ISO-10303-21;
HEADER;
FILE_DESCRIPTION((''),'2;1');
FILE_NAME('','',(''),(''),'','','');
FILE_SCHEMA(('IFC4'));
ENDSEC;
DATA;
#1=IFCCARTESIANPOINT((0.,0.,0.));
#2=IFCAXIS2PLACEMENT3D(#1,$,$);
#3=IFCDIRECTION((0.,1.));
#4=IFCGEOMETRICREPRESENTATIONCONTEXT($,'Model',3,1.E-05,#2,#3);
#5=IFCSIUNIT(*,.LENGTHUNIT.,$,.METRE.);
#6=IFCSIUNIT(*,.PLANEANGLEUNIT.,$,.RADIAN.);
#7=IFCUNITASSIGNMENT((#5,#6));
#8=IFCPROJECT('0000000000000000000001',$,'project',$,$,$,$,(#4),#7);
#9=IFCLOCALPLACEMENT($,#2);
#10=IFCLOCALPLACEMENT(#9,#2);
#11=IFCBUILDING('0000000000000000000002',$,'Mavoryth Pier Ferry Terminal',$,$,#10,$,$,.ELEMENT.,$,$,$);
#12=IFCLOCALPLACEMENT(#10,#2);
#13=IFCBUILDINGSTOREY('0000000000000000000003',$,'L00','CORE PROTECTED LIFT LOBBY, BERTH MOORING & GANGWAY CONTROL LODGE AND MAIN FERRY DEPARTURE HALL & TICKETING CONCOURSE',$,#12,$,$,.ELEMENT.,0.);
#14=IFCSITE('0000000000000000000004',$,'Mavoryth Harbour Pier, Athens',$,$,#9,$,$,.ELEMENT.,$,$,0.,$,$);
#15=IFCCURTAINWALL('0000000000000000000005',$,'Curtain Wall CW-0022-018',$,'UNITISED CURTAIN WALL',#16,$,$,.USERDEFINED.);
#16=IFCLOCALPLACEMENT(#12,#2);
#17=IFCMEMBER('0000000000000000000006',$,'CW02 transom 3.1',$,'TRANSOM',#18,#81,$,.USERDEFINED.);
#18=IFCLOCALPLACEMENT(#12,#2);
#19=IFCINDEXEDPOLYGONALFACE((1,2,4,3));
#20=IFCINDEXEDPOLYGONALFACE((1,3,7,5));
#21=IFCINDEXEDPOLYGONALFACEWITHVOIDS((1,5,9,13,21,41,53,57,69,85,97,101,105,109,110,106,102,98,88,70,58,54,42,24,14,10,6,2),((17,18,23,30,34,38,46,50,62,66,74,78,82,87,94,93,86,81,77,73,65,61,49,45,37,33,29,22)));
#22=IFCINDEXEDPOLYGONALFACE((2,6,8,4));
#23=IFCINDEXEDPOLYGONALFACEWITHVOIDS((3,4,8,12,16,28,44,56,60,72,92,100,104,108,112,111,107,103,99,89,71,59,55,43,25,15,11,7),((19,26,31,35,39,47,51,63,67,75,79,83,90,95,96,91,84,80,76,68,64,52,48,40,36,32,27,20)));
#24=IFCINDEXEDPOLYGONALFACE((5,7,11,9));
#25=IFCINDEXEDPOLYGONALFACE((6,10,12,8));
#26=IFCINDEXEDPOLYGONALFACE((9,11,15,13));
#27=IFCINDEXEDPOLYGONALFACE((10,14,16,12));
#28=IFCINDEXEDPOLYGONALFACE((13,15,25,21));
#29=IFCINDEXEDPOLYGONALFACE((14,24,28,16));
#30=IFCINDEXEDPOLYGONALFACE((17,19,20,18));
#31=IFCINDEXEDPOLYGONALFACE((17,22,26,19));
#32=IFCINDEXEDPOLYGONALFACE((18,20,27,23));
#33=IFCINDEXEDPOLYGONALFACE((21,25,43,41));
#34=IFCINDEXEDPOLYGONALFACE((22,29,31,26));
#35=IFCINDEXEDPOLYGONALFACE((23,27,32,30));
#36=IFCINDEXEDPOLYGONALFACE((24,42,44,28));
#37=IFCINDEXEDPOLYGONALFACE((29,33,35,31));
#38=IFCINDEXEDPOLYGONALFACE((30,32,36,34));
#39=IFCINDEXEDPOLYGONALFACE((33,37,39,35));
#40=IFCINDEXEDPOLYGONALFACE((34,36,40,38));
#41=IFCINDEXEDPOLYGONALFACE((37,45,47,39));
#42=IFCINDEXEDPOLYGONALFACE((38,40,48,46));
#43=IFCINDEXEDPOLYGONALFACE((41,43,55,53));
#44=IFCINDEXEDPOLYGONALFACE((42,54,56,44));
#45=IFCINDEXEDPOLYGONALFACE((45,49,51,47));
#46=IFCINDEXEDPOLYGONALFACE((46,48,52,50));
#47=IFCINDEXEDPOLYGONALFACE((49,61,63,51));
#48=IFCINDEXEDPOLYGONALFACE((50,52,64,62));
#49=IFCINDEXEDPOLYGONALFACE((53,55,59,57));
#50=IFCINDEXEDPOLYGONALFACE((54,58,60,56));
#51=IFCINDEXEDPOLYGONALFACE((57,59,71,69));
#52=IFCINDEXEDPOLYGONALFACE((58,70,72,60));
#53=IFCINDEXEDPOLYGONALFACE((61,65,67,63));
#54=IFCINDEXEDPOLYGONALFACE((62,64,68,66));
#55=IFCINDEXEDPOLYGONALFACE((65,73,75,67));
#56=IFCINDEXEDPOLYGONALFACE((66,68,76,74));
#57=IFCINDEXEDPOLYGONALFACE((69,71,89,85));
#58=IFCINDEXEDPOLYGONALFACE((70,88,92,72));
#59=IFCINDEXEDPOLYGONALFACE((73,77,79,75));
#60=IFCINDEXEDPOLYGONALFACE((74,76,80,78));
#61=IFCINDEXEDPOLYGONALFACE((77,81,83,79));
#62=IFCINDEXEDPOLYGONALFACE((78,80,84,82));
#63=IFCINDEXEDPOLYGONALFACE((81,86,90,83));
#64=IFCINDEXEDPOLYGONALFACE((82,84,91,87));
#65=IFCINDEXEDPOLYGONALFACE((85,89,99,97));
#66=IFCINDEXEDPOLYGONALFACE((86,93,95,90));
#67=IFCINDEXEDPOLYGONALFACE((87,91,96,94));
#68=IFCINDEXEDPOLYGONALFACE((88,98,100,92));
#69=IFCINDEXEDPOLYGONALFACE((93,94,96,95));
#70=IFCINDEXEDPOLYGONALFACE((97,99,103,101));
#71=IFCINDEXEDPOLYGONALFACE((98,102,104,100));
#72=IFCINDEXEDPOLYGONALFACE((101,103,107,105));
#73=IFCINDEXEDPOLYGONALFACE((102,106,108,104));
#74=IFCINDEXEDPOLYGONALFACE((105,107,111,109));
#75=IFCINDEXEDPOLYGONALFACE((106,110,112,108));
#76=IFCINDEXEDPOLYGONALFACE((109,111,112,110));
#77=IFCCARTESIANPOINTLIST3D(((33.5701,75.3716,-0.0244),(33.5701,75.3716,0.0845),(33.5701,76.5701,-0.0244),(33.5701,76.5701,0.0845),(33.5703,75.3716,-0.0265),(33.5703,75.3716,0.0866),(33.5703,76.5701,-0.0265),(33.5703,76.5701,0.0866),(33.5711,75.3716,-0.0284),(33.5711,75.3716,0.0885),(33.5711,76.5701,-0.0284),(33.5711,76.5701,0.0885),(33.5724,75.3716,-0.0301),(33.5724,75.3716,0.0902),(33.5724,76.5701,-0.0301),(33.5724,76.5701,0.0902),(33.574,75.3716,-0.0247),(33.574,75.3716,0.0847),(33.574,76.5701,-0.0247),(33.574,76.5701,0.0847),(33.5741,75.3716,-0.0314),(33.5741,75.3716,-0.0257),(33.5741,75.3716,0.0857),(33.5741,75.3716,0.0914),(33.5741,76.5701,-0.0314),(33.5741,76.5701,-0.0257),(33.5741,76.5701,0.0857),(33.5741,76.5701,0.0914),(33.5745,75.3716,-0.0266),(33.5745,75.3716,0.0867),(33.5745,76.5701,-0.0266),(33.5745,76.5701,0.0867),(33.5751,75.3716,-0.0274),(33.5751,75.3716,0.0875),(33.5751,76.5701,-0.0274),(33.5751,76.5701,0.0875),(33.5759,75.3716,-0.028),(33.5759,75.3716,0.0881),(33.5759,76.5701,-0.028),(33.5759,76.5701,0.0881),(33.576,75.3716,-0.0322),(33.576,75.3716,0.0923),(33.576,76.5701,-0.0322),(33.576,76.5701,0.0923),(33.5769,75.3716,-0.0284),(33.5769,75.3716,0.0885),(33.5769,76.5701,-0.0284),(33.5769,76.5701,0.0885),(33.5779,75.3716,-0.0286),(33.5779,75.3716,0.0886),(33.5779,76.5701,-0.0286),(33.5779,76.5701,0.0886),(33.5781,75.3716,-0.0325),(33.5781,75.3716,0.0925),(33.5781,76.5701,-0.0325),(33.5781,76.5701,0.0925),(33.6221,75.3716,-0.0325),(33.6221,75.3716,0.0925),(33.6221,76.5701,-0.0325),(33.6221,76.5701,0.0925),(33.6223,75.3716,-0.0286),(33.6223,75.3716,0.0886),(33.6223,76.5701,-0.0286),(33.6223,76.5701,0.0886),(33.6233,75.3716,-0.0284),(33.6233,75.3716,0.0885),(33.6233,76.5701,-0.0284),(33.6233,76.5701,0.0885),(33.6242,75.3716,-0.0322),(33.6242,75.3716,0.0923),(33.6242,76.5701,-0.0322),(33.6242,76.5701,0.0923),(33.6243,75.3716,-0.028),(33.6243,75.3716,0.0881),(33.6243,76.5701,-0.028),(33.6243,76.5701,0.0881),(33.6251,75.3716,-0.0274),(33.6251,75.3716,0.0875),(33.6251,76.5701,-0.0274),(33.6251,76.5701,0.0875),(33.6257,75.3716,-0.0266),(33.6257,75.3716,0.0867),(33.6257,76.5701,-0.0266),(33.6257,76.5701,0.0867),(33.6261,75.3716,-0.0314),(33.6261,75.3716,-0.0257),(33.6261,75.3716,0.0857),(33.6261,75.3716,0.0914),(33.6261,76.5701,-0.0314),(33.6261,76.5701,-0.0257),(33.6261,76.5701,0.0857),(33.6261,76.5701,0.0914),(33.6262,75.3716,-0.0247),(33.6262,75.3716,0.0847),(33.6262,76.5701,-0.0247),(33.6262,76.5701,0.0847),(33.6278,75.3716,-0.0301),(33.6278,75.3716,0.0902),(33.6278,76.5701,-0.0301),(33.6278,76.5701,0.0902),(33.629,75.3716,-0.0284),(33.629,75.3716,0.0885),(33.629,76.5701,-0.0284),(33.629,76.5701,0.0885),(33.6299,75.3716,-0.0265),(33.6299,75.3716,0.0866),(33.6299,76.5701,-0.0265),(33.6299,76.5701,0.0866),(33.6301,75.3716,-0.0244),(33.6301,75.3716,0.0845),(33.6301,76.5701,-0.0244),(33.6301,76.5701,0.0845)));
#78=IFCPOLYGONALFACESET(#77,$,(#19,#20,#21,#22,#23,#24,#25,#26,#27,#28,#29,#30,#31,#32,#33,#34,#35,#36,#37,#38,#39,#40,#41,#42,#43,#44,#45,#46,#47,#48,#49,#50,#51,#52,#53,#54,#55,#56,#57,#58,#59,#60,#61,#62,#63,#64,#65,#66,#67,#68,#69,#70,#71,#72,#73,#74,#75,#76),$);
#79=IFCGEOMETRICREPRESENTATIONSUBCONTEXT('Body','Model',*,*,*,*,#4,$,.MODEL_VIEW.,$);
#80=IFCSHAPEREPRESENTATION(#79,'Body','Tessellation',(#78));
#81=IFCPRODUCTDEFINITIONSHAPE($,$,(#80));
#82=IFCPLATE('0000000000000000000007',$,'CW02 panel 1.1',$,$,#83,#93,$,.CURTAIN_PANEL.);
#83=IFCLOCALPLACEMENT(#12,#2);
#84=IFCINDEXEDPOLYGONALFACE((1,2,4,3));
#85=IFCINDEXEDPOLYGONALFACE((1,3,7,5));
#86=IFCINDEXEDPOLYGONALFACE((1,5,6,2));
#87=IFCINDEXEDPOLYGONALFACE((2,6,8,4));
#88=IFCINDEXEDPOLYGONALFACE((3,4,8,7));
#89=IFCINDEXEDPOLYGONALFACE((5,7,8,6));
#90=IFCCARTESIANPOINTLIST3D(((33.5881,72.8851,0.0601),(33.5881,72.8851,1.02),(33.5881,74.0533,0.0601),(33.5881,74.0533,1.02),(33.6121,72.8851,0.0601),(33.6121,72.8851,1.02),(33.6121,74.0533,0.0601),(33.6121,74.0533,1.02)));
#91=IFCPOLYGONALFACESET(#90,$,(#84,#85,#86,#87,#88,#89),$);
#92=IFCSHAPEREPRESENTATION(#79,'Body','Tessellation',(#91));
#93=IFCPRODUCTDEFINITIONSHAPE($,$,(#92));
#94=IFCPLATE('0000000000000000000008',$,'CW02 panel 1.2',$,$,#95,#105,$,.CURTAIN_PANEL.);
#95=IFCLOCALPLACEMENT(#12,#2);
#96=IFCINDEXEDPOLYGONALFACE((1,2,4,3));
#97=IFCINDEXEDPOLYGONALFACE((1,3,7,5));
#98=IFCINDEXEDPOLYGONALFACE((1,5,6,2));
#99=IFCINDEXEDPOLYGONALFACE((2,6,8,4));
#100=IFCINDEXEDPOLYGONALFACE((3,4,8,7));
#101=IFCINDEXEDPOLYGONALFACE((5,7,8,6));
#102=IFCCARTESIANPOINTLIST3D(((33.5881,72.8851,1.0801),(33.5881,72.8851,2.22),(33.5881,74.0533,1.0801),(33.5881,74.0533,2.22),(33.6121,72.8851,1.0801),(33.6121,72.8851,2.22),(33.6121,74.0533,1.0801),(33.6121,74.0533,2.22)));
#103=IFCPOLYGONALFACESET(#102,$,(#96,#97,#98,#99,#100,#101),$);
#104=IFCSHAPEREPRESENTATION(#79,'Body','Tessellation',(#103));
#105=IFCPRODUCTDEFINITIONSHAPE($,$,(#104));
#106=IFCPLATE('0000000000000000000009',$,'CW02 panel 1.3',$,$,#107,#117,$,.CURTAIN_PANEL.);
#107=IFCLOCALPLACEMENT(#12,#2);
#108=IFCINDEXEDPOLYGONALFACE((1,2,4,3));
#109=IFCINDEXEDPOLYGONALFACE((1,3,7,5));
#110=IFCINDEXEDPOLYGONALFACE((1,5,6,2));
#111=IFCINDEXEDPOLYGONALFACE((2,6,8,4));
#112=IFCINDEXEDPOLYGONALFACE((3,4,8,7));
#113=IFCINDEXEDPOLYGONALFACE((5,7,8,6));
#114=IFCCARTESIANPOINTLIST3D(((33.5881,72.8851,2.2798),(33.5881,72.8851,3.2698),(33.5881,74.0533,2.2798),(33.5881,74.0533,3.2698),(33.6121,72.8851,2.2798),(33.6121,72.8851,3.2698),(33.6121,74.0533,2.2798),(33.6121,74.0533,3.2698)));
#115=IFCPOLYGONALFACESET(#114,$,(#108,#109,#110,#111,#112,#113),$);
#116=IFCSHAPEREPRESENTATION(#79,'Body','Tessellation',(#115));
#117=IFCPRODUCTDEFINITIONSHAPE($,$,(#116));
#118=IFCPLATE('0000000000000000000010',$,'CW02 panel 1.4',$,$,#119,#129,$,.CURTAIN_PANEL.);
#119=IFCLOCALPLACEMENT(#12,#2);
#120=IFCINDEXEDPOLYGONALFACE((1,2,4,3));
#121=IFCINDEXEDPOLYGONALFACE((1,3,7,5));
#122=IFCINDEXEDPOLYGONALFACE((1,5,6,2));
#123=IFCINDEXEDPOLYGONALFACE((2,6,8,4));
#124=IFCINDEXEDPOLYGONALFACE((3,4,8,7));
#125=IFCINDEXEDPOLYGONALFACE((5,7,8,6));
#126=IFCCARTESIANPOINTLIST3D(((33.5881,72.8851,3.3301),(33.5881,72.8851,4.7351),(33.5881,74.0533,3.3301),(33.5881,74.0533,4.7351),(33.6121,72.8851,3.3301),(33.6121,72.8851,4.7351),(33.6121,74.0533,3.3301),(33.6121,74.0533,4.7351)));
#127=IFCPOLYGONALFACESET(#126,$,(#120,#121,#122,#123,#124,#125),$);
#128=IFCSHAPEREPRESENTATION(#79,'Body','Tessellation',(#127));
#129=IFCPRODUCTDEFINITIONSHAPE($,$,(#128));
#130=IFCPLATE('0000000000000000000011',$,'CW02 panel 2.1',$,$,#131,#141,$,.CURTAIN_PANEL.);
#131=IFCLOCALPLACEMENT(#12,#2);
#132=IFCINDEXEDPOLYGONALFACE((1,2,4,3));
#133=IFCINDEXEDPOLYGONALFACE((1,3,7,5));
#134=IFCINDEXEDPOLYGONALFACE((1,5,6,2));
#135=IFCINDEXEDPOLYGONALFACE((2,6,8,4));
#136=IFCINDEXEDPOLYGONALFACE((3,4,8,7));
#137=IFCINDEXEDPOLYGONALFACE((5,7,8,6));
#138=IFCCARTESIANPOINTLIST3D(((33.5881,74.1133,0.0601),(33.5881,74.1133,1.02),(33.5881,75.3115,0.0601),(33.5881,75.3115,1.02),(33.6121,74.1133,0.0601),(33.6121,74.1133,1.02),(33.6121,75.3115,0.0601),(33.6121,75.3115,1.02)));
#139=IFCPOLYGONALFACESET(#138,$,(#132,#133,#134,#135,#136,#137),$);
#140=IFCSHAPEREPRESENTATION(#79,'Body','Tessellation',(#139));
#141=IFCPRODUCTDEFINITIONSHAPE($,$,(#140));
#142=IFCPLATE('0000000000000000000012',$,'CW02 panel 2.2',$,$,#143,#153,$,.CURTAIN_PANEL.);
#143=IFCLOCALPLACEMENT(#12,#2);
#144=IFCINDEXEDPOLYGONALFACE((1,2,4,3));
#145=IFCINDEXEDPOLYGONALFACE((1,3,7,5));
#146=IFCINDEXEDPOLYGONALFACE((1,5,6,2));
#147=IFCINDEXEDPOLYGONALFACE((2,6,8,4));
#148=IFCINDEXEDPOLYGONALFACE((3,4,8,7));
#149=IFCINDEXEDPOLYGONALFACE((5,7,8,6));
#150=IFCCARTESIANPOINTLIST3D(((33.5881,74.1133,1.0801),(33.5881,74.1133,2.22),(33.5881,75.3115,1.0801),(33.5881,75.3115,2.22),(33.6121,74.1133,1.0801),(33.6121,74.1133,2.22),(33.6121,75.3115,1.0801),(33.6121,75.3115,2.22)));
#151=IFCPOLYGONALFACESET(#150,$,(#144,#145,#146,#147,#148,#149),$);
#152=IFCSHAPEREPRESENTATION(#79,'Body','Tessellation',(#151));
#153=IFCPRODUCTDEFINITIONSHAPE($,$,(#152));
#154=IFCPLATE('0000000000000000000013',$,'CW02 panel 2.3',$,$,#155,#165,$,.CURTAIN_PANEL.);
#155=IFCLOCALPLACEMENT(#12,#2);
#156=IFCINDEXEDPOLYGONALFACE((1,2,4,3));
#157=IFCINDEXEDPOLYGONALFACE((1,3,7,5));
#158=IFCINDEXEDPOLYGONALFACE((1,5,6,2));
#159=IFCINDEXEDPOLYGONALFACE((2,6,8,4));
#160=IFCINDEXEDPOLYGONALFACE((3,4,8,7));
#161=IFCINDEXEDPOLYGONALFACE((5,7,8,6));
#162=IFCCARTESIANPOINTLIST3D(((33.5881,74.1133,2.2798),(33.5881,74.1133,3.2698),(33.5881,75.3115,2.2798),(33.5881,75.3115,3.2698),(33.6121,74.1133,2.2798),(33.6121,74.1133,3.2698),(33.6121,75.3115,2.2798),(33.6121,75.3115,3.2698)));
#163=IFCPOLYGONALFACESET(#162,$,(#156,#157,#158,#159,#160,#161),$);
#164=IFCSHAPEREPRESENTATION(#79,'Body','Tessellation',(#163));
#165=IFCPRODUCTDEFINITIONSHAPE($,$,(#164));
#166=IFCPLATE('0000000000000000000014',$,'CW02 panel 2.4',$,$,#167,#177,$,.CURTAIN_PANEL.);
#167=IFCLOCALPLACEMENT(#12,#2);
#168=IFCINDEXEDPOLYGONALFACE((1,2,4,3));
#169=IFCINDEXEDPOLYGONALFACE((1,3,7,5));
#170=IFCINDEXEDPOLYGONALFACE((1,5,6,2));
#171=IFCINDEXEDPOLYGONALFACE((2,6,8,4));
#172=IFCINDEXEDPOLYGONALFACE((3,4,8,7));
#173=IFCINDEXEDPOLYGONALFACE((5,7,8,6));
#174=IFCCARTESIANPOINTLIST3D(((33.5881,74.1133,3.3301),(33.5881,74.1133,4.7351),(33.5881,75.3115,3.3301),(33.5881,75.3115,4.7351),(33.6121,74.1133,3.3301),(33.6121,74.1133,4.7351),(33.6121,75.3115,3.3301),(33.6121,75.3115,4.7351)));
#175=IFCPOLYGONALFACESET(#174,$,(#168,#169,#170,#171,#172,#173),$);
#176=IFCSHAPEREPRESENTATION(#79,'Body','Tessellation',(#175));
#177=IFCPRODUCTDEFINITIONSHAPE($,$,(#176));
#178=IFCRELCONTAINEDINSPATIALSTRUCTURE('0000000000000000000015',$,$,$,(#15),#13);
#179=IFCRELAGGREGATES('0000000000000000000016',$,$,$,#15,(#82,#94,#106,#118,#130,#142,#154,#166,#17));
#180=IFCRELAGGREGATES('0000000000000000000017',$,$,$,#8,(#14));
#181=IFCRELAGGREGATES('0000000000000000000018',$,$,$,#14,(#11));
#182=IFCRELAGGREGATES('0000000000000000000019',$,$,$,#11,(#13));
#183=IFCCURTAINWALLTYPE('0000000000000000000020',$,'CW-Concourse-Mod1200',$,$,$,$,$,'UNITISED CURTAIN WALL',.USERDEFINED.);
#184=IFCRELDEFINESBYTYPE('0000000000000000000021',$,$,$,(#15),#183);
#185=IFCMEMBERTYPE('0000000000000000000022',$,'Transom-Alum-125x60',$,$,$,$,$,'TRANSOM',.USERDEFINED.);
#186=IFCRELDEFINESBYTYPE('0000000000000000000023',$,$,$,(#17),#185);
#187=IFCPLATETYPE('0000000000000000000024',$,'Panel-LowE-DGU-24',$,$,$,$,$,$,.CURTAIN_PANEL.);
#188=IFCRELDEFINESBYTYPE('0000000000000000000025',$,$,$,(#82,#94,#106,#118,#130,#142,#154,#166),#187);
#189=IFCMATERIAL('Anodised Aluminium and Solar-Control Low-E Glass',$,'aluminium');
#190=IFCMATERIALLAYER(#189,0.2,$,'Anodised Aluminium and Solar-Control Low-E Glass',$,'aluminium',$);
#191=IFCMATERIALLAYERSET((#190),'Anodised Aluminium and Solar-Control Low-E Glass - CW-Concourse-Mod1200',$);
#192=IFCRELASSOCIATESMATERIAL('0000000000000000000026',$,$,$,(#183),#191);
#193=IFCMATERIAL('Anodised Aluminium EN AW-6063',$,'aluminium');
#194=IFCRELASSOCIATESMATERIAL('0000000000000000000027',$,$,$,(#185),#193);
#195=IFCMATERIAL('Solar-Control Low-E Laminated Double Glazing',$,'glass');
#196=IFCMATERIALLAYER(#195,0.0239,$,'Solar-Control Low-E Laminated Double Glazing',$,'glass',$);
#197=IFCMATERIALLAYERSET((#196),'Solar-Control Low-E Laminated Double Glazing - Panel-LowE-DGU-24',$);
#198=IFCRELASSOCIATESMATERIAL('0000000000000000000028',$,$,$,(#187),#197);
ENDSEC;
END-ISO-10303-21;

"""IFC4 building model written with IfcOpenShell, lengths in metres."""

from ifc_helpers import new_model, si_unit, direction, frame, origin, origin_2d, place, context, subcontext, project, spatial, rectangle, hollow_rectangle, extrude, material, layer, layer_set, material_profile, profile_set, type_object, element, aggregate, save


model = new_model("IFC4")

# Units and contexts
model_context = context("Model", 3, precision=1e-05, world=origin(), true_north=direction((0.0, 1.0)))
body_context = subcontext(model_context, "Body", "Model", "MODEL_VIEW")
ifc_project = project(units=[si_unit("LENGTHUNIT", "METRE"), si_unit("PLANEANGLEUNIT", "RADIAN")], contexts=[model_context])

# Site, building, storey
site_placement = place(None, origin())
site = spatial("IfcSite", under=ifc_project, at=site_placement, Name="Mavoryth Harbour Pier, Athens", CompositionType="ELEMENT", RefElevation=0.0)
building_placement = place(site_placement, origin())
building = spatial("IfcBuilding", under=site, at=building_placement, Name="Mavoryth Pier Ferry Terminal", CompositionType="ELEMENT")
storey_placement = place(building_placement, origin())
storey = spatial("IfcBuildingStorey", under=building, at=storey_placement, Name="L00", Description="CORE PROTECTED LIFT LOBBY, BERTH MOORING & GANGWAY CONTROL LODGE AND MAIN FERRY DEPARTURE HALL & TICKETING CONCOURSE", CompositionType="ELEMENT", Elevation=0.0)

# Curtain wall, member, plates
ifc_material_1 = material(Name="Anodised Aluminium and Solar-Control Low-E Glass", Category="aluminium")
ifc_layer_1 = layer(ifc_material_1, 0.2, Name="Anodised Aluminium and Solar-Control Low-E Glass", Category="aluminium")
ifc_layer_set_1 = layer_set([ifc_layer_1], Name="Anodised Aluminium and Solar-Control Low-E Glass - CW-Concourse-Mod1200")
curtain_wall_type = type_object("IfcCurtainWallType", Name="CW-Concourse-Mod1200", ElementType="UNITISED CURTAIN WALL", PredefinedType="USERDEFINED", material=ifc_layer_set_1)
curtain_wall_placement = place(storey_placement, origin())
curtain_wall = element("IfcCurtainWall", 1, at=curtain_wall_placement, inside=storey, type_object=curtain_wall_type, Name="Curtain Wall CW-0022-018", ObjectType="UNITISED CURTAIN WALL", PredefinedType="USERDEFINED")
ifc_material_2 = material(Name="Anodised Aluminium EN AW-6063", Category="aluminium")
ifc_material_profile_1 = material_profile(ifc_material_2, hollow_rectangle(XDim=0.0601, YDim=0.125, WallThickness=0.0039, InnerFilletRadius=0.0039, OuterFilletRadius=0.0081, at=origin_2d()), Name="AL-TRAN 125x60x4", Category="aluminium")
ifc_profile_set_1 = profile_set([ifc_material_profile_1], Name="Anodised Aluminium EN AW-6063 - AL-TRAN 125x60x4")
member_type_1 = type_object("IfcMemberType", Name="Transom-Alum-125x60", ElementType="TRANSOM", PredefinedType="USERDEFINED", material=ifc_profile_set_1)
member_1_placement = place(storey_placement, frame((33.6001, 75.3716, 0.03), z_axis=(0.0, 1.0, 0.0), x_axis=(-1.0, 0.0, 0.0)))
member_1 = element("IfcMember", 2, at=member_1_placement, type_object=member_type_1, Name="CW02 transom 3.1", ObjectType="TRANSOM", PredefinedType="USERDEFINED", context=body_context, shape_type="SweptSolid", body=[
    extrude(hollow_rectangle(XDim=0.0601, YDim=0.125, WallThickness=0.0039, InnerFilletRadius=0.0039, OuterFilletRadius=0.0081, at=origin_2d()), origin(), (0.0, 0.0, 1.0), 1.1985),
])
ifc_material_3 = material(Name="Solar-Control Low-E Laminated Double Glazing", Category="glass")
ifc_layer_2 = layer(ifc_material_3, 0.0239, Name="Solar-Control Low-E Laminated Double Glazing", Category="glass")
ifc_layer_set_2 = layer_set([ifc_layer_2], Name="Solar-Control Low-E Laminated Double Glazing - Panel-LowE-DGU-24")
plate_type = type_object("IfcPlateType", Name="Panel-LowE-DGU-24", PredefinedType="CURTAIN_PANEL", material=ifc_layer_set_2)
plate_1_placement = place(storey_placement, frame((33.6001, 73.4692, 0.0601), z_axis=(0.0, 0.0, 1.0), x_axis=(0.0, 1.0, 0.0)))
plate_1 = element("IfcPlate", 3, at=plate_1_placement, type_object=plate_type, Name="CW02 panel 1.1", PredefinedType="CURTAIN_PANEL", context=body_context, shape_type="SweptSolid", body=[
    extrude(rectangle(XDim=1.1682, YDim=0.0239, at=origin_2d()), origin(), (0.0, 0.0, 1.0), 0.96),
])
plate_2_placement = place(storey_placement, frame((33.6001, 73.4692, 1.0801), z_axis=(0.0, 0.0, 1.0), x_axis=(0.0, 1.0, 0.0)))
plate_2 = element("IfcPlate", 4, at=plate_2_placement, type_object=plate_type, Name="CW02 panel 1.2", PredefinedType="CURTAIN_PANEL", context=body_context, shape_type="SweptSolid", body=[
    extrude(rectangle(XDim=1.1682, YDim=0.0239, at=origin_2d()), origin(), (0.0, 0.0, 1.0), 1.1399),
])
plate_3_placement = place(storey_placement, frame((33.6001, 73.4692, 2.2798), z_axis=(0.0, 0.0, 1.0), x_axis=(0.0, 1.0, 0.0)))
plate_3 = element("IfcPlate", 5, at=plate_3_placement, type_object=plate_type, Name="CW02 panel 1.3", PredefinedType="CURTAIN_PANEL", context=body_context, shape_type="SweptSolid", body=[
    extrude(rectangle(XDim=1.1682, YDim=0.0239, at=origin_2d()), origin(), (0.0, 0.0, 1.0), 0.99),
])
plate_4_placement = place(storey_placement, frame((33.6001, 73.4692, 3.3301), z_axis=(0.0, 0.0, 1.0), x_axis=(0.0, 1.0, 0.0)))
plate_4 = element("IfcPlate", 6, at=plate_4_placement, type_object=plate_type, Name="CW02 panel 1.4", PredefinedType="CURTAIN_PANEL", context=body_context, shape_type="SweptSolid", body=[
    extrude(rectangle(XDim=1.1682, YDim=0.0239, at=origin_2d()), origin(), (0.0, 0.0, 1.0), 1.405),
])
plate_5_placement = place(storey_placement, frame((33.6001, 74.7124, 0.0601), z_axis=(0.0, 0.0, 1.0), x_axis=(0.0, 1.0, 0.0)))
plate_5 = element("IfcPlate", 7, at=plate_5_placement, type_object=plate_type, Name="CW02 panel 2.1", PredefinedType="CURTAIN_PANEL", context=body_context, shape_type="SweptSolid", body=[
    extrude(rectangle(XDim=1.1982, YDim=0.0239, at=origin_2d()), origin(), (0.0, 0.0, 1.0), 0.96),
])
plate_6_placement = place(storey_placement, frame((33.6001, 74.7124, 1.0801), z_axis=(0.0, 0.0, 1.0), x_axis=(0.0, 1.0, 0.0)))
plate_6 = element("IfcPlate", 8, at=plate_6_placement, type_object=plate_type, Name="CW02 panel 2.2", PredefinedType="CURTAIN_PANEL", context=body_context, shape_type="SweptSolid", body=[
    extrude(rectangle(XDim=1.1982, YDim=0.0239, at=origin_2d()), origin(), (0.0, 0.0, 1.0), 1.1399),
])
plate_7_placement = place(storey_placement, frame((33.6001, 74.7124, 2.2798), z_axis=(0.0, 0.0, 1.0), x_axis=(0.0, 1.0, 0.0)))
plate_7 = element("IfcPlate", 9, at=plate_7_placement, type_object=plate_type, Name="CW02 panel 2.3", PredefinedType="CURTAIN_PANEL", context=body_context, shape_type="SweptSolid", body=[
    extrude(rectangle(XDim=1.1982, YDim=0.0239, at=origin_2d()), origin(), (0.0, 0.0, 1.0), 0.99),
])
plate_8_placement = place(storey_placement, frame((33.6001, 74.7124, 3.3301), z_axis=(0.0, 0.0, 1.0), x_axis=(0.0, 1.0, 0.0)))
plate_8 = element("IfcPlate", 10, at=plate_8_placement, type_object=plate_type, Name="CW02 panel 2.4", PredefinedType="CURTAIN_PANEL", context=body_context, shape_type="SweptSolid", body=[
    extrude(rectangle(XDim=1.1982, YDim=0.0239, at=origin_2d()), origin(), (0.0, 0.0, 1.0), 1.405),
])
aggregate(curtain_wall, [plate_1, plate_2, plate_3, plate_4, plate_5, plate_6, plate_7, plate_8, member_1])

save(model, "model.ifc")
